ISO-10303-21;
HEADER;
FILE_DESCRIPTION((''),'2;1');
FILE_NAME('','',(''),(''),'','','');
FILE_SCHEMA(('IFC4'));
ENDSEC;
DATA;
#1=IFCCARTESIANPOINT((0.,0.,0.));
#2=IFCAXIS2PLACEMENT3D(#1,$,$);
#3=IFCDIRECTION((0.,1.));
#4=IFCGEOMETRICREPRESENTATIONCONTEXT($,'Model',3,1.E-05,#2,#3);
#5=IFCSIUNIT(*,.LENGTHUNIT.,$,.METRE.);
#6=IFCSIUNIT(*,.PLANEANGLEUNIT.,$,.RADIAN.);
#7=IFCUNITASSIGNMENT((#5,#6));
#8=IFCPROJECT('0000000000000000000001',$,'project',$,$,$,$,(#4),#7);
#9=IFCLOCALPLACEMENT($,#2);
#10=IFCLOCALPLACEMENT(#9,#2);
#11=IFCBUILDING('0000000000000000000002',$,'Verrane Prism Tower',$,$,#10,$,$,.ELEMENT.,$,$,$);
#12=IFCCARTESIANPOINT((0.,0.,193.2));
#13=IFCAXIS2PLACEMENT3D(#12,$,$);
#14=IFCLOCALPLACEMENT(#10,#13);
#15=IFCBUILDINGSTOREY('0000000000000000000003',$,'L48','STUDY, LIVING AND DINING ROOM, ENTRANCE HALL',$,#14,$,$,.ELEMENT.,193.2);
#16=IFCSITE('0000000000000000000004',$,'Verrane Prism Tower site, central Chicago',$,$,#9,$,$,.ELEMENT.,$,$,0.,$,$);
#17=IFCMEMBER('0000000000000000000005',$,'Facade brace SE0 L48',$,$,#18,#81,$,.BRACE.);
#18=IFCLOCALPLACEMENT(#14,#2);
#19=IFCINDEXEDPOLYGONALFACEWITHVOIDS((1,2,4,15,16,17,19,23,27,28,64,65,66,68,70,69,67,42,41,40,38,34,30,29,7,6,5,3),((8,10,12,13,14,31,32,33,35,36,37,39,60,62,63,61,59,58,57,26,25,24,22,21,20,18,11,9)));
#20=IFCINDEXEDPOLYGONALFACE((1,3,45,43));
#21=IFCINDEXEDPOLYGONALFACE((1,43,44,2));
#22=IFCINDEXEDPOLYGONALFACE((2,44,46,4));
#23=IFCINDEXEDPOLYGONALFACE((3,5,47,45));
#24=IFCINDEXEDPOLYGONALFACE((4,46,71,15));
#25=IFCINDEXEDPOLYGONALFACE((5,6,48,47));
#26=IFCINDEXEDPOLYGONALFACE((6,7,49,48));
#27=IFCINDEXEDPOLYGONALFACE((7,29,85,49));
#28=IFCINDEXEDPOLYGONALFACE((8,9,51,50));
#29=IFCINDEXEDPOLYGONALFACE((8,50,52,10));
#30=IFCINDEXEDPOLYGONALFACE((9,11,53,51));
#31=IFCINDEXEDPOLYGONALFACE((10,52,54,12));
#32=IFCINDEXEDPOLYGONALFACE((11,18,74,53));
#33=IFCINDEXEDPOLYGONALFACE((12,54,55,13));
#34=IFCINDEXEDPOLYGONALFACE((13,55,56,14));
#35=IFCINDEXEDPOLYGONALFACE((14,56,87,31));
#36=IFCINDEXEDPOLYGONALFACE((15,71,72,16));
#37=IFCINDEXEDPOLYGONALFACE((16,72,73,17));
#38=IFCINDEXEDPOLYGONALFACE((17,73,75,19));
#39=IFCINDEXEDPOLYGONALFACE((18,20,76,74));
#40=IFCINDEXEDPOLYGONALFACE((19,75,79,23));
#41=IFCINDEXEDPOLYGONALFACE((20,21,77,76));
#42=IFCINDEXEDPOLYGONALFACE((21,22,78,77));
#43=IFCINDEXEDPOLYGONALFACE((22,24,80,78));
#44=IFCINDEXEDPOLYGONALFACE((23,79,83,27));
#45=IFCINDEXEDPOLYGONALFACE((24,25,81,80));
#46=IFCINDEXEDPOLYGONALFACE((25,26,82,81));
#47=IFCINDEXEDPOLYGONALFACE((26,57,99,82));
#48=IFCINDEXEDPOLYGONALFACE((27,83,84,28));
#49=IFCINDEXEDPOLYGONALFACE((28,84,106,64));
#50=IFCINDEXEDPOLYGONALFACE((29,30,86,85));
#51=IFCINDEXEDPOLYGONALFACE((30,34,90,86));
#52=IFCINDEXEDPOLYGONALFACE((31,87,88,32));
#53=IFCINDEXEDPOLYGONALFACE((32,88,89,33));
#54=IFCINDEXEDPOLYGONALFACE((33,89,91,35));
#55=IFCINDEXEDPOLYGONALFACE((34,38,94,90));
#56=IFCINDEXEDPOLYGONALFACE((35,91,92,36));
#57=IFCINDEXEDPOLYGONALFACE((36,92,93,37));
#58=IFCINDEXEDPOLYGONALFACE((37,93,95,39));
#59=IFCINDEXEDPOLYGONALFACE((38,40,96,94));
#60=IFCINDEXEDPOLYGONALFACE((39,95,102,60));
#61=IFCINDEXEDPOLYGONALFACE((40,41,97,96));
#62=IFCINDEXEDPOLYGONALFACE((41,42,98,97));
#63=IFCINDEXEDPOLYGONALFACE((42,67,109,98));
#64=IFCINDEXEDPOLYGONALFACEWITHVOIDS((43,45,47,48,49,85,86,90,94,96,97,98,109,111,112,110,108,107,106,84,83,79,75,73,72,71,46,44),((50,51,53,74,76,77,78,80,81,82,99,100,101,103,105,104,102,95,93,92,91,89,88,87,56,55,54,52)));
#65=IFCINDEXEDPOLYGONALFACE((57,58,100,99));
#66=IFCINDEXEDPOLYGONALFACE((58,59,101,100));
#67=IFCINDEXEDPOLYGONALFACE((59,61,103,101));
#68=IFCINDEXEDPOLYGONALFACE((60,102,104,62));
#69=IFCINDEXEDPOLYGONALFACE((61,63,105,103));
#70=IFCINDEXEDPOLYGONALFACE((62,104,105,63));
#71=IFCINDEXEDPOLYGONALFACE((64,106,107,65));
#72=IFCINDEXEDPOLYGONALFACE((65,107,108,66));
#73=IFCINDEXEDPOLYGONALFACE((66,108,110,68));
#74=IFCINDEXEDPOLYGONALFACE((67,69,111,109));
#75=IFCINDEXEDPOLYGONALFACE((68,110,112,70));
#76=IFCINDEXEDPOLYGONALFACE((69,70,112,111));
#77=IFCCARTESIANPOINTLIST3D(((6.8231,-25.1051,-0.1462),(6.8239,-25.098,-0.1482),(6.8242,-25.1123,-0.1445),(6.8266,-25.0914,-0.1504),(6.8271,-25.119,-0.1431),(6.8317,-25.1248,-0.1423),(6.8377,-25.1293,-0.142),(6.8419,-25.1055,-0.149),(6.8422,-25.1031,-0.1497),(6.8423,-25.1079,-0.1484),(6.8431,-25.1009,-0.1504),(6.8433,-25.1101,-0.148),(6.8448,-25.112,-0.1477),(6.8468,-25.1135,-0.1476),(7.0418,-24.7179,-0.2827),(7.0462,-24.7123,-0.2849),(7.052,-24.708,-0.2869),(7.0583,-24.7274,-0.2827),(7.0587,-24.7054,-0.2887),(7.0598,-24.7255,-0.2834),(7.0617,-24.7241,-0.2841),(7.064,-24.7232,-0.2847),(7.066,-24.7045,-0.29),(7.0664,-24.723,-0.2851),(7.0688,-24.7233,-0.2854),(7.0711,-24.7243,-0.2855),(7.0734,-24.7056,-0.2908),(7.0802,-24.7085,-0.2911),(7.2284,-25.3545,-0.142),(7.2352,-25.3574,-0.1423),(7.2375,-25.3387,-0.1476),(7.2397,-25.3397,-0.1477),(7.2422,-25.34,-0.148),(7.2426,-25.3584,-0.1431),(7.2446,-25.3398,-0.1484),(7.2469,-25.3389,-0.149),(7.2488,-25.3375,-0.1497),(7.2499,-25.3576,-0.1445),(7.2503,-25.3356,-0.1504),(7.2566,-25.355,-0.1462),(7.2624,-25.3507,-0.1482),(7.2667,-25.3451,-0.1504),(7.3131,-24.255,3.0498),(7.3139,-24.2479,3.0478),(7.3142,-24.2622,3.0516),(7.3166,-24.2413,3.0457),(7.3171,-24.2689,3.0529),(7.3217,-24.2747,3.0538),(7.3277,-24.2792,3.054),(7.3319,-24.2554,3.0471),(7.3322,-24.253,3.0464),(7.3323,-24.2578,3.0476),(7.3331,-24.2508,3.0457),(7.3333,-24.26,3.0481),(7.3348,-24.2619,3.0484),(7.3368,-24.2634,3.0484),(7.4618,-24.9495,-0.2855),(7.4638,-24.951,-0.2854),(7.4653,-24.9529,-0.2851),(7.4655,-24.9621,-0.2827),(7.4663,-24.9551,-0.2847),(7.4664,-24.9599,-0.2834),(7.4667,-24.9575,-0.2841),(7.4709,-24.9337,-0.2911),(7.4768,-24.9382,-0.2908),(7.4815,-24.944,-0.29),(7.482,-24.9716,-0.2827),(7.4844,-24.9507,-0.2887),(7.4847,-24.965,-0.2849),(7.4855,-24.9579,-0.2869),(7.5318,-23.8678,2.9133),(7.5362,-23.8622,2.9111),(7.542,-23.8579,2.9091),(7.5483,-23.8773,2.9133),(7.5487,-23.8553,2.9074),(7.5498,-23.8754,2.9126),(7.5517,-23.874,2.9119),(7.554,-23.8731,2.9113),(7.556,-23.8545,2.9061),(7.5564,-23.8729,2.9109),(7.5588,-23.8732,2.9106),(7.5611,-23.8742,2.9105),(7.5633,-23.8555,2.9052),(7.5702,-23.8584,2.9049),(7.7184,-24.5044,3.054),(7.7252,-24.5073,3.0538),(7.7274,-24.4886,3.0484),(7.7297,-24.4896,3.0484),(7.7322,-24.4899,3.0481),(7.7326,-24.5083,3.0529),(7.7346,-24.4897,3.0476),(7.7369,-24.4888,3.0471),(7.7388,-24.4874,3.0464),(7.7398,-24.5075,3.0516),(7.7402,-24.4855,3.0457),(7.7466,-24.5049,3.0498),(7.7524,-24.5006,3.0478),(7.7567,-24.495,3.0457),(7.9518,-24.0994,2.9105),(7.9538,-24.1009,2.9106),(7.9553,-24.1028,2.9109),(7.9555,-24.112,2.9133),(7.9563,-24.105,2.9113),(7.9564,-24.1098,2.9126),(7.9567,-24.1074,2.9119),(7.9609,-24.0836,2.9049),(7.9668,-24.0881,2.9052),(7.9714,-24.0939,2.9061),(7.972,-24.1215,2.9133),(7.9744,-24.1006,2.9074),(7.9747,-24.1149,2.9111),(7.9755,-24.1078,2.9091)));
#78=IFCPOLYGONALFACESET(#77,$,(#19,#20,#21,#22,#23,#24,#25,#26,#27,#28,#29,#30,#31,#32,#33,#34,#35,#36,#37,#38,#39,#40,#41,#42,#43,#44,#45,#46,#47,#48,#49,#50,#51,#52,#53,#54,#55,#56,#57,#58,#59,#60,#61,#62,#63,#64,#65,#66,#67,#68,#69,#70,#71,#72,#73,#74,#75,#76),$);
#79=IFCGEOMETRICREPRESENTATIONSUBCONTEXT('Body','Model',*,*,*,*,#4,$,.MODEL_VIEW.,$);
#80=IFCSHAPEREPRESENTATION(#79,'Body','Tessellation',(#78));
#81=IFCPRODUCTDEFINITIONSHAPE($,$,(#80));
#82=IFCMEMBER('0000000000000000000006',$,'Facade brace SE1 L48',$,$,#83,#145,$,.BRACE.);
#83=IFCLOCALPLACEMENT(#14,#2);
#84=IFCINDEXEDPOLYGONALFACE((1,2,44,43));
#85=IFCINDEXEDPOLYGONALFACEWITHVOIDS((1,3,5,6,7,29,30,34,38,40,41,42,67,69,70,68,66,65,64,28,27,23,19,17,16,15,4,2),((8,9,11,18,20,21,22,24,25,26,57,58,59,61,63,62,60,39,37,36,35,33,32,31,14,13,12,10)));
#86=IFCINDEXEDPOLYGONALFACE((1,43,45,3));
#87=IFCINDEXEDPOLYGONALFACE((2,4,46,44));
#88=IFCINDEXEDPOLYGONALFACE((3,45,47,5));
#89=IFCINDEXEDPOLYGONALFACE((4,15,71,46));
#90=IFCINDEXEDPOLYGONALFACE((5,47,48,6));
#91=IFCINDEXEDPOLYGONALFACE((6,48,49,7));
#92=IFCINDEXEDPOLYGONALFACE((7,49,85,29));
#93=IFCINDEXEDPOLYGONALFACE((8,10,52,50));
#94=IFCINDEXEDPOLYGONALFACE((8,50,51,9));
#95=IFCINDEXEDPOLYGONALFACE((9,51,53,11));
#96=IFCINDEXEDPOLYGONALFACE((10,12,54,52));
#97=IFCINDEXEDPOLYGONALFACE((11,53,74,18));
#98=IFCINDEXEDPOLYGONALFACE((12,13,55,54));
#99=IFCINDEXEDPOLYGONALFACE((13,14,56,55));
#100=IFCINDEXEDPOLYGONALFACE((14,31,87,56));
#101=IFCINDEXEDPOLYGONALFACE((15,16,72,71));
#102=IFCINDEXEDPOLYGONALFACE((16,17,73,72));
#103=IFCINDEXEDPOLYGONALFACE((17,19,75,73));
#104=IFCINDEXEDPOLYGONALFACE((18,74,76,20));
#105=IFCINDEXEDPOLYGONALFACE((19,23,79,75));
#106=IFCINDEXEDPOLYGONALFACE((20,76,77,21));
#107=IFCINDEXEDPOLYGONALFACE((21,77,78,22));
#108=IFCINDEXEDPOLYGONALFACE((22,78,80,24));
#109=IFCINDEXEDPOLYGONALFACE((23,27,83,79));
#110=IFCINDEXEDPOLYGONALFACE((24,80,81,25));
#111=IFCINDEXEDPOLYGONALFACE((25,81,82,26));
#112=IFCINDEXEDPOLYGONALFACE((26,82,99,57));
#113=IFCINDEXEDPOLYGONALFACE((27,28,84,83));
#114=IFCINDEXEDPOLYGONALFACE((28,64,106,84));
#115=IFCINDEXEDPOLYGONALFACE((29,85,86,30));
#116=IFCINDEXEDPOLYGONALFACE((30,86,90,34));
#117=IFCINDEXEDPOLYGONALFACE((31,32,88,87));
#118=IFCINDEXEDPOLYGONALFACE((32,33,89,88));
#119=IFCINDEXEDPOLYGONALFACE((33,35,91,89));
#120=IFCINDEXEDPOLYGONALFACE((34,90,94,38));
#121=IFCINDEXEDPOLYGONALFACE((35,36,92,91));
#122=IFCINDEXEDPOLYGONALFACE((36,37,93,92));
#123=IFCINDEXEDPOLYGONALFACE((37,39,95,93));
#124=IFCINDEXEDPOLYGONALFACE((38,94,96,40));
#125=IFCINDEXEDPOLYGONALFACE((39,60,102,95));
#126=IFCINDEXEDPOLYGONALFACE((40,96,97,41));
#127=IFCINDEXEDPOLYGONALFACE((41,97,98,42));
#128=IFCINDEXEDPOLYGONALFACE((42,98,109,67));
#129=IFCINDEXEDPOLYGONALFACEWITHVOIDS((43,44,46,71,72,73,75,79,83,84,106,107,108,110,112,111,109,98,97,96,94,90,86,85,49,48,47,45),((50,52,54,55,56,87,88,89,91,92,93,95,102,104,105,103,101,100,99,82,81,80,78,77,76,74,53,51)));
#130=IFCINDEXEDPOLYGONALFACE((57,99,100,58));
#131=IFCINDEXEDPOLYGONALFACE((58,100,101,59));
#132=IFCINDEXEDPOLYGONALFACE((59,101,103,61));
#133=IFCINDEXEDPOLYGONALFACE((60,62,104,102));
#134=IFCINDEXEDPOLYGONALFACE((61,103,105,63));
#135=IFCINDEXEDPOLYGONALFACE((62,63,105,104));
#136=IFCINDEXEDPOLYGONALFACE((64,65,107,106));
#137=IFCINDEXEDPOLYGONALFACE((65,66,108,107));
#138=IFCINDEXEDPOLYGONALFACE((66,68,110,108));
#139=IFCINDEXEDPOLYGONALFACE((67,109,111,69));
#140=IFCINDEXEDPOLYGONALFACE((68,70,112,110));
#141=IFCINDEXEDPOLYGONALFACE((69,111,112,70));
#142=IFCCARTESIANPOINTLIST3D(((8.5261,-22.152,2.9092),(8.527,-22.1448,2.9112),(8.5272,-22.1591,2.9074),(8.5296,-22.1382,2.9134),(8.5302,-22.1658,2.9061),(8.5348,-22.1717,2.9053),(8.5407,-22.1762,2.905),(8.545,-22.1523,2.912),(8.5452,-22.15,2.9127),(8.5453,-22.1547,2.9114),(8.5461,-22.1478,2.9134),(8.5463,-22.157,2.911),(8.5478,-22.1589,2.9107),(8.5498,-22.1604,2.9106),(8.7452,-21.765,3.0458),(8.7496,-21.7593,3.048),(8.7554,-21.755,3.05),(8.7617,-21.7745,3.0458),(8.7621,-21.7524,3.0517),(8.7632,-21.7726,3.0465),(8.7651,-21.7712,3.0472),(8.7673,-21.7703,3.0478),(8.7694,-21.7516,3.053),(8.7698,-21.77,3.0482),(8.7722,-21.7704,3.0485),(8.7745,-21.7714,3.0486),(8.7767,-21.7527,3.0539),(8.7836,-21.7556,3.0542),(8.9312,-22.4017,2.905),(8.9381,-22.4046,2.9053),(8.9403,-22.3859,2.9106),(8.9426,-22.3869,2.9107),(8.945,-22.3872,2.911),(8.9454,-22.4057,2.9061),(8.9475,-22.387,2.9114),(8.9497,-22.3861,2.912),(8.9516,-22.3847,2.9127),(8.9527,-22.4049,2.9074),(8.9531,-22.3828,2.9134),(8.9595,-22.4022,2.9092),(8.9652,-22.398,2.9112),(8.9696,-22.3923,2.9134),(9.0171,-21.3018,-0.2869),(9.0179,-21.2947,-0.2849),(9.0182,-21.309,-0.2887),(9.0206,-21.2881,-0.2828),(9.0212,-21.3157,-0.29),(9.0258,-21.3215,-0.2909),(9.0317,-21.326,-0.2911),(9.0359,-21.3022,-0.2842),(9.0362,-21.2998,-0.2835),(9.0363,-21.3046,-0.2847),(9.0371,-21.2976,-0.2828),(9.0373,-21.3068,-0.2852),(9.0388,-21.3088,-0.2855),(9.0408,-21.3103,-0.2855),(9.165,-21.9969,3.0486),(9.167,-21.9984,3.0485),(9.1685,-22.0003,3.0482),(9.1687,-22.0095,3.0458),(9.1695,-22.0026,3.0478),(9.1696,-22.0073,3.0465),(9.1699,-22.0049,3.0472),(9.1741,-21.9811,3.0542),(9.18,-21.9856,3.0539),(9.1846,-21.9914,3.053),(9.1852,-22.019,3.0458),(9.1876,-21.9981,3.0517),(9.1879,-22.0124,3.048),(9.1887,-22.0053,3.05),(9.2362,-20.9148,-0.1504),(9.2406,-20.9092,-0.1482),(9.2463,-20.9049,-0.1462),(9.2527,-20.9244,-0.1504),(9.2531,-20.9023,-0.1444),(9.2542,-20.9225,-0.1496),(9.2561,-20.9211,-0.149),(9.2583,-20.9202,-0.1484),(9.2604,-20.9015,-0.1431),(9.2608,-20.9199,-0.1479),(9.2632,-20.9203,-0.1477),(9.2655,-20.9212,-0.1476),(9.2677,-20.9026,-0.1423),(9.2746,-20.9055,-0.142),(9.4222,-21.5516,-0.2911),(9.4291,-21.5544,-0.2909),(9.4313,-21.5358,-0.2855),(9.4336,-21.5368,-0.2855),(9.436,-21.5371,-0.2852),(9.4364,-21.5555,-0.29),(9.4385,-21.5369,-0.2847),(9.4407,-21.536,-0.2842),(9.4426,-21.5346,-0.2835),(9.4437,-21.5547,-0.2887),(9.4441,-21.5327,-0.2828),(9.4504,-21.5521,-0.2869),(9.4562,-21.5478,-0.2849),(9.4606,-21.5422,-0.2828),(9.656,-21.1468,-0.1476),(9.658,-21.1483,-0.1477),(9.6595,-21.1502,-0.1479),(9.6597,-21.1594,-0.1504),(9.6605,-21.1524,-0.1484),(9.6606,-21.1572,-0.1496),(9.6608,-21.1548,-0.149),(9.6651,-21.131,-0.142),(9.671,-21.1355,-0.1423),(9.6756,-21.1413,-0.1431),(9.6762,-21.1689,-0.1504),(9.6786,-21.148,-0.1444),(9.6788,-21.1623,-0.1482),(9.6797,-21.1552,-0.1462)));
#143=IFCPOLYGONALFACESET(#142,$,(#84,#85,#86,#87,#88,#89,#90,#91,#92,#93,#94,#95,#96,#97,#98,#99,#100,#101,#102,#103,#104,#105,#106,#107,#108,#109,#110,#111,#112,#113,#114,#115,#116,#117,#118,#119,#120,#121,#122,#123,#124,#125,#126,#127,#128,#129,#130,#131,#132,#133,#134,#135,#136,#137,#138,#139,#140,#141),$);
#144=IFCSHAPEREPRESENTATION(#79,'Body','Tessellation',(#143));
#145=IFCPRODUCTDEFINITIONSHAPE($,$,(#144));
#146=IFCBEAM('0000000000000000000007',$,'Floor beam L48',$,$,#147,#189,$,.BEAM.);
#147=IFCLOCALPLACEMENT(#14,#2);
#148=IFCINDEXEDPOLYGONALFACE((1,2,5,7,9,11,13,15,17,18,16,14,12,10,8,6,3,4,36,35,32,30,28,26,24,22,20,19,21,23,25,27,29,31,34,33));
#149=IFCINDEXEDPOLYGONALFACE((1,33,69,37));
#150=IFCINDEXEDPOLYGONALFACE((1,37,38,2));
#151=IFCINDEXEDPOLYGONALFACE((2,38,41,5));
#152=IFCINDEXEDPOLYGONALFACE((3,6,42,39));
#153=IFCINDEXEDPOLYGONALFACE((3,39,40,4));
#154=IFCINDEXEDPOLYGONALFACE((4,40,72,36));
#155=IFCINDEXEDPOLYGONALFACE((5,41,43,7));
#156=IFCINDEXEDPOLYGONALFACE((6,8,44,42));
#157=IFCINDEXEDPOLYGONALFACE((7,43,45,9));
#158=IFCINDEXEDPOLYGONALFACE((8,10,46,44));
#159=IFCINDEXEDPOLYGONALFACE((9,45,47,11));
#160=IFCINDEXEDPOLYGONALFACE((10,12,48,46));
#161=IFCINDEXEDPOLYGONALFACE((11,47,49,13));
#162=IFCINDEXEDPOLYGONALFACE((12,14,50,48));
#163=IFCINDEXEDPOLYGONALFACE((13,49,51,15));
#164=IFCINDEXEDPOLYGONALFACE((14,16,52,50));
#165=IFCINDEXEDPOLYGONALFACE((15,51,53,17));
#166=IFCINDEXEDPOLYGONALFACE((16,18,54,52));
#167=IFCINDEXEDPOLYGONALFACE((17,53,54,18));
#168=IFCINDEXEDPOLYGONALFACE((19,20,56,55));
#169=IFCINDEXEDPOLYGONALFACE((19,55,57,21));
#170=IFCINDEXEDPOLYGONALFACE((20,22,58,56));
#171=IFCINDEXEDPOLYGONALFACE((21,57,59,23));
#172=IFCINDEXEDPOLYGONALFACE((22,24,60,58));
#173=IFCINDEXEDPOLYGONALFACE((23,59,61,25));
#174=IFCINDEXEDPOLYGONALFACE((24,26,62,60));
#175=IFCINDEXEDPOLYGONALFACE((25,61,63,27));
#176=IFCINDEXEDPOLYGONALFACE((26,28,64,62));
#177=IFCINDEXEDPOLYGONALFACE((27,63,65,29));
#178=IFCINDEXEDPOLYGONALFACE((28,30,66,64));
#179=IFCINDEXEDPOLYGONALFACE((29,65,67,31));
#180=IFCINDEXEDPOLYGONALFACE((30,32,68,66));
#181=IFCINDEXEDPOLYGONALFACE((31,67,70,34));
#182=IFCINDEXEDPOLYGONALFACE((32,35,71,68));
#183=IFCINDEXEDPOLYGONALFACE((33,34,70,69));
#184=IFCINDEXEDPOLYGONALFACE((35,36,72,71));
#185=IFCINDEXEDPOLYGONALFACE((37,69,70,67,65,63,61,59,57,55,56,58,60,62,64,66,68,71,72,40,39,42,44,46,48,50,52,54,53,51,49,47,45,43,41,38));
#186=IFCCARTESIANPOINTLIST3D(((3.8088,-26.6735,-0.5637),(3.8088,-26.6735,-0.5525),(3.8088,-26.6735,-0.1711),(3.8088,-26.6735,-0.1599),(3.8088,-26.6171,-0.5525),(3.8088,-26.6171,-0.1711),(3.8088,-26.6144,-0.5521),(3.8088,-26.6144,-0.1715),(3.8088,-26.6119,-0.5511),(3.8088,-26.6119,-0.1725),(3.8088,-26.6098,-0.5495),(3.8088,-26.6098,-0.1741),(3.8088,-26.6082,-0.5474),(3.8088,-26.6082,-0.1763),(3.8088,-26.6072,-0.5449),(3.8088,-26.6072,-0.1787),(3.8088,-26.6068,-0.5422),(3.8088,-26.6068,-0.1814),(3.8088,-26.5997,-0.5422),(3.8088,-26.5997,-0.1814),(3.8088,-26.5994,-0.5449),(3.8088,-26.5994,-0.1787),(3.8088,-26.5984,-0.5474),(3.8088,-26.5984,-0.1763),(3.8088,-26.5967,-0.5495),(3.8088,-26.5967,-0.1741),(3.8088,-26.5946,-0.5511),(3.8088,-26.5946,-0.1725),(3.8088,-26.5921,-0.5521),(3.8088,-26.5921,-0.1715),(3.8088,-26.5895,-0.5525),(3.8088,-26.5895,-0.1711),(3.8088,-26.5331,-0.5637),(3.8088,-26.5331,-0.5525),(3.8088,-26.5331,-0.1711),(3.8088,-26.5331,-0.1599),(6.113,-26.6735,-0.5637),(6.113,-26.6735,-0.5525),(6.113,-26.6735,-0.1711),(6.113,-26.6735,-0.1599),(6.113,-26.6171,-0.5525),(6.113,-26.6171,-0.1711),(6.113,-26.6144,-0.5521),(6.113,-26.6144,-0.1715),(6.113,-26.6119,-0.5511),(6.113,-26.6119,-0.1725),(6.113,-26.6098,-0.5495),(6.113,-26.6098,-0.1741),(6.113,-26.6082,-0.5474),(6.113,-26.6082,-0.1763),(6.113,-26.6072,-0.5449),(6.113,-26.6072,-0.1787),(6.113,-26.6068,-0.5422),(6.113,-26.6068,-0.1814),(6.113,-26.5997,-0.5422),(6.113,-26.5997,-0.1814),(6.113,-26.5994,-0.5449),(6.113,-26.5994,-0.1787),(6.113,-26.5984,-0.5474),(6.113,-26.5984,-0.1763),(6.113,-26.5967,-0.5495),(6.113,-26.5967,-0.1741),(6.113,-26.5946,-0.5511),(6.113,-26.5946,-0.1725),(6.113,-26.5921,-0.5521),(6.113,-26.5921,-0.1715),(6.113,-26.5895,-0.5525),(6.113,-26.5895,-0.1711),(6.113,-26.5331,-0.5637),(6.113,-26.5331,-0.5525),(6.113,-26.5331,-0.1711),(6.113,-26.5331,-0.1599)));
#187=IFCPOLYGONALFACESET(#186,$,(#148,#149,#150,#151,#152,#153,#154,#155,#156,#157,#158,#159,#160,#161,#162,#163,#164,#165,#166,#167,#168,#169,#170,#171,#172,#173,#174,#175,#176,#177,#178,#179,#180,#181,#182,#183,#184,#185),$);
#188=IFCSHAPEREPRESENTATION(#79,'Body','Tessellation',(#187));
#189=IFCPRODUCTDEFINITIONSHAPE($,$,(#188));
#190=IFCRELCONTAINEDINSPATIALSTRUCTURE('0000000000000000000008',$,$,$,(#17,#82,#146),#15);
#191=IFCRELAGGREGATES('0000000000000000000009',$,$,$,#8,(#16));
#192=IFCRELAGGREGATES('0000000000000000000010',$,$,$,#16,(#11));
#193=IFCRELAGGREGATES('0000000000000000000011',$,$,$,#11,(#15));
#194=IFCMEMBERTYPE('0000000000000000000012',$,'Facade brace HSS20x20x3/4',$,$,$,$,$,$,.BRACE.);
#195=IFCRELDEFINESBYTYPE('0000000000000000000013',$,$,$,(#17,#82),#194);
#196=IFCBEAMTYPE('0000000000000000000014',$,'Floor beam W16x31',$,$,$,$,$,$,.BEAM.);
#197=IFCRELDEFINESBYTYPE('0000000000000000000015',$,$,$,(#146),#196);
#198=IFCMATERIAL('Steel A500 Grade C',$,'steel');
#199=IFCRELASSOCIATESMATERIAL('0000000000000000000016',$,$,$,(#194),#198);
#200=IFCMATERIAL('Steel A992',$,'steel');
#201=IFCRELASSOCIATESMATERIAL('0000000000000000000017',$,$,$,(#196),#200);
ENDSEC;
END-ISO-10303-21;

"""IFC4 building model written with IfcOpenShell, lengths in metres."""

from ifc_helpers import new_model, si_unit, direction, frame, origin, origin_2d, place, context, subcontext, project, spatial, hollow_rectangle, i_section, extrude, material, material_profile, profile_set, type_object, element, save


model = new_model("IFC4")

# Units and contexts
model_context = context("Model", 3, precision=1e-05, world=origin(), true_north=direction((0.0, 1.0)))
body_context = subcontext(model_context, "Body", "Model", "MODEL_VIEW")
ifc_project = project(units=[si_unit("LENGTHUNIT", "METRE"), si_unit("PLANEANGLEUNIT", "RADIAN")], contexts=[model_context])

# Site, building, storey
site_placement = place(None, origin())
site = spatial("IfcSite", under=ifc_project, at=site_placement, Name="Verrane Prism Tower site, central Chicago", CompositionType="ELEMENT", RefElevation=0.0)
building_placement = place(site_placement, origin())
building = spatial("IfcBuilding", under=site, at=building_placement, Name="Verrane Prism Tower", CompositionType="ELEMENT")
storey_placement = place(building_placement, frame((0.0, 0.0, 193.2)))
storey = spatial("IfcBuildingStorey", under=building, at=storey_placement, Name="L48", Description="STUDY, LIVING AND DINING ROOM, ENTRANCE HALL", CompositionType="ELEMENT", Elevation=193.2)

# Members
ifc_material_1 = material(Name="Steel A500 Grade C", Category="steel")
ifc_material_profile_1 = material_profile(ifc_material_1, hollow_rectangle(XDim=0.5081, YDim=0.5081, WallThickness=0.019, InnerFilletRadius=0.0095, OuterFilletRadius=0.0286, at=origin_2d()), Name="HSS20x20x3/4")
ifc_profile_set_1 = profile_set([ifc_material_profile_1], Name="Steel A500 Grade C")
member_type_1 = type_object("IfcMemberType", Name="Facade brace HSS20x20x3/4", PredefinedType="BRACE", material=ifc_profile_set_1)
member_1_placement = place(storey_placement, frame((7.1543, -25.0315, -0.2166), z_axis=(0.14656, 0.254271, 0.955964), x_axis=(-0.866384, 0.499378, 0.0)))
element("IfcMember", 1, at=member_1_placement, inside=storey, type_object=member_type_1, Name="Facade brace SE0 L48", PredefinedType="BRACE", context=body_context, shape_type="SweptSolid", body=[
    extrude(hollow_rectangle(XDim=0.5081, YDim=0.5081, WallThickness=0.019, InnerFilletRadius=0.0095, OuterFilletRadius=0.0286, at=origin_2d()), origin(), (0.0, 0.0, 1.0), 3.3433),
])
member_2_placement = place(storey_placement, frame((9.3484, -21.2285, -0.2166), z_axis=(-0.146846, -0.25426, 0.955923), x_axis=(0.865954, -0.500124, 0.0)))
element("IfcMember", 2, at=member_2_placement, inside=storey, type_object=member_type_1, Name="Facade brace SE1 L48", PredefinedType="BRACE", context=body_context, shape_type="SweptSolid", body=[
    extrude(hollow_rectangle(XDim=0.5081, YDim=0.5081, WallThickness=0.019, InnerFilletRadius=0.0095, OuterFilletRadius=0.0286, at=origin_2d()), origin(), (0.0, 0.0, 1.0), 3.3435),
])

# Beam
ifc_material_2 = material(Name="Steel A992", Category="steel")
ifc_material_profile_2 = material_profile(ifc_material_2, i_section(OverallWidth=0.1404, OverallDepth=0.4038, WebThickness=0.0071, FlangeThickness=0.0112, FilletRadius=0.0103, at=origin_2d()), Name="W16x31")
ifc_profile_set_2 = profile_set([ifc_material_profile_2], Name="Steel A992")
beam_type_1 = type_object("IfcBeamType", Name="Floor beam W16x31", PredefinedType="BEAM", material=ifc_profile_set_2)
beam_1_placement = place(storey_placement, frame((3.8088, -26.6033, -0.3618), z_axis=(1.0, 0.0, 0.0), x_axis=(0.0, 1.0, 0.0)))
element("IfcBeam", 3, at=beam_1_placement, inside=storey, type_object=beam_type_1, Name="Floor beam L48", PredefinedType="BEAM", context=body_context, shape_type="SweptSolid", body=[
    extrude(i_section(OverallWidth=0.1404, OverallDepth=0.4038, WebThickness=0.0071, FlangeThickness=0.0112, FilletRadius=0.0103, at=origin_2d()), origin(), (0.0, 0.0, 1.0), 2.3042),
])

save(model, "model.ifc")
